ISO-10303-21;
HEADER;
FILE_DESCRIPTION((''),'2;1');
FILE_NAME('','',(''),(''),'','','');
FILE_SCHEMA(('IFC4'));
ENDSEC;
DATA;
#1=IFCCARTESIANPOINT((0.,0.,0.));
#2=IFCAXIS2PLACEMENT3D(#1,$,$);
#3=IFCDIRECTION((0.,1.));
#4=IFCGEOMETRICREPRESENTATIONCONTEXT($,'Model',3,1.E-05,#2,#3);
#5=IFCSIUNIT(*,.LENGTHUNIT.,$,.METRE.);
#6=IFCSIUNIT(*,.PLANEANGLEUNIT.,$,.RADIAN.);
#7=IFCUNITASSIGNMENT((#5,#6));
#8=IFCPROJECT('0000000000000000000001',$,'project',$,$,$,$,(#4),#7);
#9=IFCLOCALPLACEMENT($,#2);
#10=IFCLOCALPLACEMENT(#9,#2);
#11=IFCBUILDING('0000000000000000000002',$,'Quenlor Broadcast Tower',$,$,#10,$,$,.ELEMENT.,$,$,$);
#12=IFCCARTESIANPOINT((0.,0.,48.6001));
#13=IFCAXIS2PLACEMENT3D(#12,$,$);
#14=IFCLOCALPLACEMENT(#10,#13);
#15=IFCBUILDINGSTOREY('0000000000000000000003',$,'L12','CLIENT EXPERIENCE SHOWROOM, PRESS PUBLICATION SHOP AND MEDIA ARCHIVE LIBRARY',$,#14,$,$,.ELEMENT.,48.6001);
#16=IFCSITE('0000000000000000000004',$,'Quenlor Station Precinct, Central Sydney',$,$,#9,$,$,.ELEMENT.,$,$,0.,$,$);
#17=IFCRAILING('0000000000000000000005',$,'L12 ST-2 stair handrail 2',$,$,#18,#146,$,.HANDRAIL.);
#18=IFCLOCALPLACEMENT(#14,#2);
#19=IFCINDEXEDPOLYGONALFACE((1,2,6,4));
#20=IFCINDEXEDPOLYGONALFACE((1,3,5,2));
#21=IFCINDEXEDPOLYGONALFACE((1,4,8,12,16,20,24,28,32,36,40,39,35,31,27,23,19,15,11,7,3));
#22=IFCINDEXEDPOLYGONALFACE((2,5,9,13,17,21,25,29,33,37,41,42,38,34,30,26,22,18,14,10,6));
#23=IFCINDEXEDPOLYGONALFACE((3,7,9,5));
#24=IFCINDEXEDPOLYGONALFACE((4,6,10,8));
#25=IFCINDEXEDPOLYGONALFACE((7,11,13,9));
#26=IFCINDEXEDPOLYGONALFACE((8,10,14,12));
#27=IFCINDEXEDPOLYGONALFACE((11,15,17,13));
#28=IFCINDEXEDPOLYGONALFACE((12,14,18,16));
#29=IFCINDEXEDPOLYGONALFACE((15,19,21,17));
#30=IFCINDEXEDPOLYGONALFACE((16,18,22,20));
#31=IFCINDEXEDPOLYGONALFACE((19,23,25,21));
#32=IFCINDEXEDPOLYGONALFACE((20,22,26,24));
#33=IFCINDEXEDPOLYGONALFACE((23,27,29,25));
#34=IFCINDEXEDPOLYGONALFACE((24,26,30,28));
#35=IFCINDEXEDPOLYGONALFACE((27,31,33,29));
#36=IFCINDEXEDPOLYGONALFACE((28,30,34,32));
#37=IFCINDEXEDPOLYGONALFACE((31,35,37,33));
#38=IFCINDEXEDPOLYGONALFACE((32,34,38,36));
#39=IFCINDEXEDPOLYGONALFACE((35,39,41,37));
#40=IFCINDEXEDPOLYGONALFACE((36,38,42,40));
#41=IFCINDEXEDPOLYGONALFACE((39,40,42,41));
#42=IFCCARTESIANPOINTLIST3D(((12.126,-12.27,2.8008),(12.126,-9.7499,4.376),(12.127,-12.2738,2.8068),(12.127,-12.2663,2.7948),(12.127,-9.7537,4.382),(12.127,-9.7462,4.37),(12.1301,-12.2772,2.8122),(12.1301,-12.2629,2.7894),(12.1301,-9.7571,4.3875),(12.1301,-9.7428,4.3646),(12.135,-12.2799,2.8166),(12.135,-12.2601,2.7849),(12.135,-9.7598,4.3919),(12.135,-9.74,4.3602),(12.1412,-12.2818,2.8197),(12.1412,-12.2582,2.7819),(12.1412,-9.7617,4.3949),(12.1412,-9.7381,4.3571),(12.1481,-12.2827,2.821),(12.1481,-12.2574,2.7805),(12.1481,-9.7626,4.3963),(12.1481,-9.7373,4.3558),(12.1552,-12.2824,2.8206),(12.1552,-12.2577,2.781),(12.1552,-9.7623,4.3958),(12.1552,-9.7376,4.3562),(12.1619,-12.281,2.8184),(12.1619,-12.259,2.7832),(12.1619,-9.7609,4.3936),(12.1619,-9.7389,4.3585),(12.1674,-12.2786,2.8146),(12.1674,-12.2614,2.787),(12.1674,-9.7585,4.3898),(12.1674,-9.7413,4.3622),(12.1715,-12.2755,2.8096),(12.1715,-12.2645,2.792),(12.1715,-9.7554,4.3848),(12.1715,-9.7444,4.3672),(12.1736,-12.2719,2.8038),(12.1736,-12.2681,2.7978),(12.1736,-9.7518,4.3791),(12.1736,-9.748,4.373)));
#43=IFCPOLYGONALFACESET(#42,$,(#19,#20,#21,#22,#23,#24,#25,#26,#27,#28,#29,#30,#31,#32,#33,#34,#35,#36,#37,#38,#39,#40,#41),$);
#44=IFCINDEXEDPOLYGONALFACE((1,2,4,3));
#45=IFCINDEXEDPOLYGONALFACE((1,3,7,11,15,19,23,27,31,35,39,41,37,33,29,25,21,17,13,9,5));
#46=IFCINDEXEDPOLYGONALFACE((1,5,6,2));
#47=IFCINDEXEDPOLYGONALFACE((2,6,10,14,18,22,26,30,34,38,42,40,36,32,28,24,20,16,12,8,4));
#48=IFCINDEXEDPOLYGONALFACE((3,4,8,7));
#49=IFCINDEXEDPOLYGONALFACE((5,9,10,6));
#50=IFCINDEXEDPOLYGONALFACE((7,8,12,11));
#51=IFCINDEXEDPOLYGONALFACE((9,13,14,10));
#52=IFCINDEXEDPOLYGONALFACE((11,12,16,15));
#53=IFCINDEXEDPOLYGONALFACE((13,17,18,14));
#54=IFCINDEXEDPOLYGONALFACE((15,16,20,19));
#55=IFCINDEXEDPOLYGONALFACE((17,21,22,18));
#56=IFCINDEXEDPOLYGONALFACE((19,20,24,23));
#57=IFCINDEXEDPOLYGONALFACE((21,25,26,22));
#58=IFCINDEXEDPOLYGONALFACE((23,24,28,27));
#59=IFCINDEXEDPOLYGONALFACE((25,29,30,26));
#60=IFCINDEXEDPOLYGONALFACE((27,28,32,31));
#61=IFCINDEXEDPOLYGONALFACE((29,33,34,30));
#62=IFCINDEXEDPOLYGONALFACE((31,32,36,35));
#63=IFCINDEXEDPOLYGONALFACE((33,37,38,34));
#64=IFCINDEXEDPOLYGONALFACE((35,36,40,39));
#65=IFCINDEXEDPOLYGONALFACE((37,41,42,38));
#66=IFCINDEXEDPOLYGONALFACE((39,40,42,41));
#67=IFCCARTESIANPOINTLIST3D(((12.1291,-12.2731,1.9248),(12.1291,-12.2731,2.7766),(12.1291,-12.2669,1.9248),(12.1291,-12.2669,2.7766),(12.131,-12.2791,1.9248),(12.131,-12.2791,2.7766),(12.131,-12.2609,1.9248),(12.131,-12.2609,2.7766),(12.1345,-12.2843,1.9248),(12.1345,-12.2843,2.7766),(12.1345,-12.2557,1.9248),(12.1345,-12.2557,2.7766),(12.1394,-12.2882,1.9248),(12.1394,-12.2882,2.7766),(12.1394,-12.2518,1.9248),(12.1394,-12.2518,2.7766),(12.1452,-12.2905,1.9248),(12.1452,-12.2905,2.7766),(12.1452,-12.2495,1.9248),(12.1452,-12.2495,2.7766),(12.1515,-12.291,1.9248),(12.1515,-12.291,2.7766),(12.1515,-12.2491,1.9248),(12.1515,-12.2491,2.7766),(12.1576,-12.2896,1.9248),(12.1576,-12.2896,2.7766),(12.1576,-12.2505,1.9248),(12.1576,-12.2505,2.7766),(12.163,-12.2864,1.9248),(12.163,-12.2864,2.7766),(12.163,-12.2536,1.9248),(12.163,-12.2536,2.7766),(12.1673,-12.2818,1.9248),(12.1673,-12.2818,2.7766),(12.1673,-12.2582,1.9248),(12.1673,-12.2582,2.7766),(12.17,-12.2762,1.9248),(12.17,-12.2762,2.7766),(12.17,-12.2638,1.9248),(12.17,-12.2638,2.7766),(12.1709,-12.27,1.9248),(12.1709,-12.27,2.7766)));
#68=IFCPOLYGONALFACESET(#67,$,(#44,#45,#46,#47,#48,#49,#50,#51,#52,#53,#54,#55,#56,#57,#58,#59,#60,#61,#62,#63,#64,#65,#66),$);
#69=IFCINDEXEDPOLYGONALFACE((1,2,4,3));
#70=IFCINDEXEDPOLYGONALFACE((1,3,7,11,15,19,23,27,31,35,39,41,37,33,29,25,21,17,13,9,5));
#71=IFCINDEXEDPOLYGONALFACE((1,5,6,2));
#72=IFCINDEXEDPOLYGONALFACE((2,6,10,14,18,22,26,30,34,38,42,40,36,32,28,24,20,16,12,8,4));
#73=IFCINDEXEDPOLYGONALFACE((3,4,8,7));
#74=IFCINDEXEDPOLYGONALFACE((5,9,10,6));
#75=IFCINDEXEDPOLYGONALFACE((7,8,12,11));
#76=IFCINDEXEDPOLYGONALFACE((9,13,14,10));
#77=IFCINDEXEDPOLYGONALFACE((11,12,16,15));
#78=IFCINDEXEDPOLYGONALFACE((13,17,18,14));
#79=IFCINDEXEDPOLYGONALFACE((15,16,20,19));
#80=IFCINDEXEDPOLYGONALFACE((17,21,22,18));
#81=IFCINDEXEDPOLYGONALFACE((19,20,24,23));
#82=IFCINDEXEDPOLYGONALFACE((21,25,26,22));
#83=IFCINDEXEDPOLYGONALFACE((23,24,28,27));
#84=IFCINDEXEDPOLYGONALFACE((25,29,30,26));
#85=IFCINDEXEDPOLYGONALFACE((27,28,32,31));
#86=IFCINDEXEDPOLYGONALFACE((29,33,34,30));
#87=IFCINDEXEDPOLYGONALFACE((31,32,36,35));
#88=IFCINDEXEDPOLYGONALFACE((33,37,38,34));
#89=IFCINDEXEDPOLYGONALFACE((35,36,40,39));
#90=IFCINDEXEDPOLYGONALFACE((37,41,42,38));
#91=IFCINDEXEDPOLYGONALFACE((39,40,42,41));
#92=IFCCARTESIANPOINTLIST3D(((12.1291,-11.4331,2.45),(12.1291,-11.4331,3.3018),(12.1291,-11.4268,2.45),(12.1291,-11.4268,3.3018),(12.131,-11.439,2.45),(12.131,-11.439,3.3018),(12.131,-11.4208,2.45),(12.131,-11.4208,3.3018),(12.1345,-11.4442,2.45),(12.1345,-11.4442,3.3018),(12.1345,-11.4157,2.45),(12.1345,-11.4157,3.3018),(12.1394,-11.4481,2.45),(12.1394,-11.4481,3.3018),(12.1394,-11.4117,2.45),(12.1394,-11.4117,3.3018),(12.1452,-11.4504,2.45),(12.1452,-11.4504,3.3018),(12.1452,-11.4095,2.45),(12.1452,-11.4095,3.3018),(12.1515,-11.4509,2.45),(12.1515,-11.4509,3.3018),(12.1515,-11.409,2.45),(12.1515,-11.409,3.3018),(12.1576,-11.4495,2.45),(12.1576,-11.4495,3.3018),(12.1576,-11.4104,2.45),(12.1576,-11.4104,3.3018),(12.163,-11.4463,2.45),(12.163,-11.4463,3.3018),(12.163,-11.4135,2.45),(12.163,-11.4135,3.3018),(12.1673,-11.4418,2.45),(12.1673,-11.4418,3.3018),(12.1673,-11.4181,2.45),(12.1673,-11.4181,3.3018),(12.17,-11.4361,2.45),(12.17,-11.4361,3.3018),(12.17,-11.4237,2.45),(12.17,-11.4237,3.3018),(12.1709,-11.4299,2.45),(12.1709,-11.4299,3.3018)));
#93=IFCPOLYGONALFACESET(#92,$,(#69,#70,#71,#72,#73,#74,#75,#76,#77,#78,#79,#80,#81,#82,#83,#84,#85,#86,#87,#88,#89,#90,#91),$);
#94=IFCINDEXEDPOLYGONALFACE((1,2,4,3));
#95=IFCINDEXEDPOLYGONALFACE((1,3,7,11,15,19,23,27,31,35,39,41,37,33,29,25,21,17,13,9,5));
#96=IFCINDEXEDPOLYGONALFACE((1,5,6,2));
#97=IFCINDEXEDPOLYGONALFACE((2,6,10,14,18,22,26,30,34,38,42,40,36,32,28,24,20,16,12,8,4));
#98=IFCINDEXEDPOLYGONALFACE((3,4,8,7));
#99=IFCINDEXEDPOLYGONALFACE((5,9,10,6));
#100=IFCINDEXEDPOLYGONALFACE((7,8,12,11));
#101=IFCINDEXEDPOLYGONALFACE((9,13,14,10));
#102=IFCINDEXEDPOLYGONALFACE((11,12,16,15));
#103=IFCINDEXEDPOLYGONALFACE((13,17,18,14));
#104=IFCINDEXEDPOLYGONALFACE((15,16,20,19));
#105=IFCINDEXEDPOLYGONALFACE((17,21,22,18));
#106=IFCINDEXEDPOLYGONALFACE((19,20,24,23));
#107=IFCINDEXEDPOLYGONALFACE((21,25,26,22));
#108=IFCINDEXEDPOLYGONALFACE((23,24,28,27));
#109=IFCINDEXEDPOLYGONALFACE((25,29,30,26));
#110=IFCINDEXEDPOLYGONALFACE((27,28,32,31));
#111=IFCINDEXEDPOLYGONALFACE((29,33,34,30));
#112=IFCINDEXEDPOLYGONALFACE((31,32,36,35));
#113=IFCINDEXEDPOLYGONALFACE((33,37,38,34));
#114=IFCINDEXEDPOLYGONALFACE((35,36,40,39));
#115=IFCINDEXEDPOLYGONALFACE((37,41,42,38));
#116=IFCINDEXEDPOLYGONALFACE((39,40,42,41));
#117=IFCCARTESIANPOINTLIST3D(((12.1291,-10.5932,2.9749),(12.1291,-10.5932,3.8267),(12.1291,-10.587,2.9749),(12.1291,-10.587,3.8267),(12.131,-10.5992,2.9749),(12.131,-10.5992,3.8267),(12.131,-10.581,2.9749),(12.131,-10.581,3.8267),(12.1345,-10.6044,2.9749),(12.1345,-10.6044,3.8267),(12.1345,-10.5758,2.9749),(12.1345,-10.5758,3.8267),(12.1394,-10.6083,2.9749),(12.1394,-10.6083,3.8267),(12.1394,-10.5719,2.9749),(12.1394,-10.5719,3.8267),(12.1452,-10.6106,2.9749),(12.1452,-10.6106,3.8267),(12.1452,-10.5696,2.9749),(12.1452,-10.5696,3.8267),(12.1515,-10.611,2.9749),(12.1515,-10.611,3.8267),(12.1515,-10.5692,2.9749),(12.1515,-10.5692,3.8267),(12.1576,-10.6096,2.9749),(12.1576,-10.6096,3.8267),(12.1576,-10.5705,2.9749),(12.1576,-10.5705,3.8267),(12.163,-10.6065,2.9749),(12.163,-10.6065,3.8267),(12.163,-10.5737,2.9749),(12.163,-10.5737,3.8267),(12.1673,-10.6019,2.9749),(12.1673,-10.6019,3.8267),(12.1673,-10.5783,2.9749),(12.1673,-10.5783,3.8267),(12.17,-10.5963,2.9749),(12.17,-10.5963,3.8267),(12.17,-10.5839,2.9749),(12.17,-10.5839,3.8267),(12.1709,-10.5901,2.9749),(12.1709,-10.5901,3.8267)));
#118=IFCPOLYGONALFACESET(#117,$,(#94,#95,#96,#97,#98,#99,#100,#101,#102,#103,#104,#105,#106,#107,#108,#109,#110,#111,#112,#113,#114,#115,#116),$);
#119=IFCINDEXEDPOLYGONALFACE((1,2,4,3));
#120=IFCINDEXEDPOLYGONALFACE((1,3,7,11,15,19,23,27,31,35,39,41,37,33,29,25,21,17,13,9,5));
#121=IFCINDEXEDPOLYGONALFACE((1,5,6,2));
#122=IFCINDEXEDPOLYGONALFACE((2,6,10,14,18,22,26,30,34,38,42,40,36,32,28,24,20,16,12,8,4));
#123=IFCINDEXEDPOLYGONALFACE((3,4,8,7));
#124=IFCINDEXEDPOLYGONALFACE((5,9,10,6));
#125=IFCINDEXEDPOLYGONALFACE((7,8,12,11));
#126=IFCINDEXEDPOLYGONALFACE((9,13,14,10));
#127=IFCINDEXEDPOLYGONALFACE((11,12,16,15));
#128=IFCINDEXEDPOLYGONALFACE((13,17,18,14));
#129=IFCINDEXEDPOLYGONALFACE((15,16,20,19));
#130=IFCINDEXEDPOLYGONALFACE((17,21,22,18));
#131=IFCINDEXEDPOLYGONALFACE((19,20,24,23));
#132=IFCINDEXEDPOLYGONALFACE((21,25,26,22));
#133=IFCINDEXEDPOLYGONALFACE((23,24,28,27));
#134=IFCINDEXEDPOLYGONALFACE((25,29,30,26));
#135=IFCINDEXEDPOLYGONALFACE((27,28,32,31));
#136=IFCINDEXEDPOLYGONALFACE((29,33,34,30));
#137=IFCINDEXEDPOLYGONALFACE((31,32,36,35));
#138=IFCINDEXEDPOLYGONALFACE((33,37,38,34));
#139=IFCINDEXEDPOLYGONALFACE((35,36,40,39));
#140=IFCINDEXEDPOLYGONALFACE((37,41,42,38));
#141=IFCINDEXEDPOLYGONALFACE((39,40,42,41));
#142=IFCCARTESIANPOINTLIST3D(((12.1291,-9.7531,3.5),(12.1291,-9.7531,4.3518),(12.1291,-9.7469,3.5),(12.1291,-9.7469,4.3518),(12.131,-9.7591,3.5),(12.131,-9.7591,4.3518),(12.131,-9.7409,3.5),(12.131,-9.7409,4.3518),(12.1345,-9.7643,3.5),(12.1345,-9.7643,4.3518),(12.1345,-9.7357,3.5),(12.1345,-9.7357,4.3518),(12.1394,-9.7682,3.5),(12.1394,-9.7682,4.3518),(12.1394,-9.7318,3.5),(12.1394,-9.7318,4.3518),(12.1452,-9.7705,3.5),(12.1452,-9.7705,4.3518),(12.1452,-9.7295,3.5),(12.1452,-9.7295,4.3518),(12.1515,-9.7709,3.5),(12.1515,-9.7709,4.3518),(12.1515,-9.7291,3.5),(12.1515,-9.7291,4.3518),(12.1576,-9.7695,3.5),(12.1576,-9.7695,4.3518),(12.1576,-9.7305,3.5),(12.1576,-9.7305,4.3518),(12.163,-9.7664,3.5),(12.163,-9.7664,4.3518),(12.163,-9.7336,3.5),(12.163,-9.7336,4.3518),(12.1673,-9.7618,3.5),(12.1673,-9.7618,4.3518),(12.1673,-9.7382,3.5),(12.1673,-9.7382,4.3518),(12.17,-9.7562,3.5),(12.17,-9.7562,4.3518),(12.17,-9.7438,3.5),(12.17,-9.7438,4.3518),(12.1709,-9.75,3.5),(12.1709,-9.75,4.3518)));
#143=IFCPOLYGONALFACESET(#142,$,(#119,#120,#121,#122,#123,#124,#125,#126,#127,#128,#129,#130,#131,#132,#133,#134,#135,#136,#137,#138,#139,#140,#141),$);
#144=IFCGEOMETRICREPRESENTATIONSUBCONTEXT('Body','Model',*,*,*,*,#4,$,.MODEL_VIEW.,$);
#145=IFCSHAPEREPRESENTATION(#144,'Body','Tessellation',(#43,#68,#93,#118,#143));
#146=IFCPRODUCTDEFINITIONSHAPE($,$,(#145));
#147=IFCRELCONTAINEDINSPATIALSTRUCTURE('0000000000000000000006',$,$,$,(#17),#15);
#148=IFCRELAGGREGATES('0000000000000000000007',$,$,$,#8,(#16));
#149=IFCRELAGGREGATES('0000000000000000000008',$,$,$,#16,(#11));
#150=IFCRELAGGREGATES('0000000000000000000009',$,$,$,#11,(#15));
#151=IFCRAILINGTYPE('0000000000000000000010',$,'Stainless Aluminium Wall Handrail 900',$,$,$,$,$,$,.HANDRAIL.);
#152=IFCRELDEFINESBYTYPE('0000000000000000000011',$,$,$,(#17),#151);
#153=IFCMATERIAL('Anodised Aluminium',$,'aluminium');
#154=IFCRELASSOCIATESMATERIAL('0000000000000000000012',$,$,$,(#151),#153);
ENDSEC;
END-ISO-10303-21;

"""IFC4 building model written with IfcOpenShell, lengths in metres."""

from ifc_helpers import new_model, si_unit, direction, frame, origin, origin_2d, place, context, subcontext, project, spatial, circle, extrude, material, type_object, element, save


model = new_model("IFC4")

# Units and contexts
model_context = context("Model", 3, precision=1e-05, world=origin(), true_north=direction((0.0, 1.0)))
body_context = subcontext(model_context, "Body", "Model", "MODEL_VIEW")
ifc_project = project(units=[si_unit("LENGTHUNIT", "METRE"), si_unit("PLANEANGLEUNIT", "RADIAN")], contexts=[model_context])

# Site, building, storey
site_placement = place(None, origin())
site = spatial("IfcSite", under=ifc_project, at=site_placement, Name="Quenlor Station Precinct, Central Sydney", CompositionType="ELEMENT", RefElevation=0.0)
building_placement = place(site_placement, origin())
building = spatial("IfcBuilding", under=site, at=building_placement, Name="Quenlor Broadcast Tower", CompositionType="ELEMENT")
storey_placement = place(building_placement, frame((0.0, 0.0, 48.6001)))
storey = spatial("IfcBuildingStorey", under=building, at=storey_placement, Name="L12", Description="CLIENT EXPERIENCE SHOWROOM, PRESS PUBLICATION SHOP AND MEDIA ARCHIVE LIBRARY", CompositionType="ELEMENT", Elevation=48.6001)

# Railing
ifc_material_1 = material(Name="Anodised Aluminium", Category="aluminium")
railing_type = type_object("IfcRailingType", Name="Stainless Aluminium Wall Handrail 900", PredefinedType="HANDRAIL", material=ifc_material_1)
railing_placement = place(storey_placement, frame((12.1499, -12.27, 1.9248)))
element("IfcRailing", 1, at=railing_placement, inside=storey, type_object=railing_type, Name="L12 ST-2 stair handrail 2", PredefinedType="HANDRAIL", context=body_context, shape_type="SweptSolid", body=[
    extrude(circle(Radius=0.0239, at=origin_2d()), frame((0.0, 0.0, 0.876), z_axis=(0.0, 0.847971, 0.530043), x_axis=(-1.0, 0.0, 0.0)), (0.0, 0.0, 1.0), 2.9719),
    extrude(circle(Radius=0.021, at=origin_2d()), origin(), (0.0, 0.0, 1.0), 0.8518),
    extrude(circle(Radius=0.021, at=origin_2d()), frame((0.0, 0.8401, 0.5251)), (0.0, 0.0, 1.0), 0.8518),
    extrude(circle(Radius=0.021, at=origin_2d()), frame((0.0, 1.6799, 1.05)), (0.0, 0.0, 1.0), 0.8518),
    extrude(circle(Radius=0.021, at=origin_2d()), frame((0.0, 2.52, 1.5752)), (0.0, 0.0, 1.0), 0.8518),
])

save(model, "model.ifc")
